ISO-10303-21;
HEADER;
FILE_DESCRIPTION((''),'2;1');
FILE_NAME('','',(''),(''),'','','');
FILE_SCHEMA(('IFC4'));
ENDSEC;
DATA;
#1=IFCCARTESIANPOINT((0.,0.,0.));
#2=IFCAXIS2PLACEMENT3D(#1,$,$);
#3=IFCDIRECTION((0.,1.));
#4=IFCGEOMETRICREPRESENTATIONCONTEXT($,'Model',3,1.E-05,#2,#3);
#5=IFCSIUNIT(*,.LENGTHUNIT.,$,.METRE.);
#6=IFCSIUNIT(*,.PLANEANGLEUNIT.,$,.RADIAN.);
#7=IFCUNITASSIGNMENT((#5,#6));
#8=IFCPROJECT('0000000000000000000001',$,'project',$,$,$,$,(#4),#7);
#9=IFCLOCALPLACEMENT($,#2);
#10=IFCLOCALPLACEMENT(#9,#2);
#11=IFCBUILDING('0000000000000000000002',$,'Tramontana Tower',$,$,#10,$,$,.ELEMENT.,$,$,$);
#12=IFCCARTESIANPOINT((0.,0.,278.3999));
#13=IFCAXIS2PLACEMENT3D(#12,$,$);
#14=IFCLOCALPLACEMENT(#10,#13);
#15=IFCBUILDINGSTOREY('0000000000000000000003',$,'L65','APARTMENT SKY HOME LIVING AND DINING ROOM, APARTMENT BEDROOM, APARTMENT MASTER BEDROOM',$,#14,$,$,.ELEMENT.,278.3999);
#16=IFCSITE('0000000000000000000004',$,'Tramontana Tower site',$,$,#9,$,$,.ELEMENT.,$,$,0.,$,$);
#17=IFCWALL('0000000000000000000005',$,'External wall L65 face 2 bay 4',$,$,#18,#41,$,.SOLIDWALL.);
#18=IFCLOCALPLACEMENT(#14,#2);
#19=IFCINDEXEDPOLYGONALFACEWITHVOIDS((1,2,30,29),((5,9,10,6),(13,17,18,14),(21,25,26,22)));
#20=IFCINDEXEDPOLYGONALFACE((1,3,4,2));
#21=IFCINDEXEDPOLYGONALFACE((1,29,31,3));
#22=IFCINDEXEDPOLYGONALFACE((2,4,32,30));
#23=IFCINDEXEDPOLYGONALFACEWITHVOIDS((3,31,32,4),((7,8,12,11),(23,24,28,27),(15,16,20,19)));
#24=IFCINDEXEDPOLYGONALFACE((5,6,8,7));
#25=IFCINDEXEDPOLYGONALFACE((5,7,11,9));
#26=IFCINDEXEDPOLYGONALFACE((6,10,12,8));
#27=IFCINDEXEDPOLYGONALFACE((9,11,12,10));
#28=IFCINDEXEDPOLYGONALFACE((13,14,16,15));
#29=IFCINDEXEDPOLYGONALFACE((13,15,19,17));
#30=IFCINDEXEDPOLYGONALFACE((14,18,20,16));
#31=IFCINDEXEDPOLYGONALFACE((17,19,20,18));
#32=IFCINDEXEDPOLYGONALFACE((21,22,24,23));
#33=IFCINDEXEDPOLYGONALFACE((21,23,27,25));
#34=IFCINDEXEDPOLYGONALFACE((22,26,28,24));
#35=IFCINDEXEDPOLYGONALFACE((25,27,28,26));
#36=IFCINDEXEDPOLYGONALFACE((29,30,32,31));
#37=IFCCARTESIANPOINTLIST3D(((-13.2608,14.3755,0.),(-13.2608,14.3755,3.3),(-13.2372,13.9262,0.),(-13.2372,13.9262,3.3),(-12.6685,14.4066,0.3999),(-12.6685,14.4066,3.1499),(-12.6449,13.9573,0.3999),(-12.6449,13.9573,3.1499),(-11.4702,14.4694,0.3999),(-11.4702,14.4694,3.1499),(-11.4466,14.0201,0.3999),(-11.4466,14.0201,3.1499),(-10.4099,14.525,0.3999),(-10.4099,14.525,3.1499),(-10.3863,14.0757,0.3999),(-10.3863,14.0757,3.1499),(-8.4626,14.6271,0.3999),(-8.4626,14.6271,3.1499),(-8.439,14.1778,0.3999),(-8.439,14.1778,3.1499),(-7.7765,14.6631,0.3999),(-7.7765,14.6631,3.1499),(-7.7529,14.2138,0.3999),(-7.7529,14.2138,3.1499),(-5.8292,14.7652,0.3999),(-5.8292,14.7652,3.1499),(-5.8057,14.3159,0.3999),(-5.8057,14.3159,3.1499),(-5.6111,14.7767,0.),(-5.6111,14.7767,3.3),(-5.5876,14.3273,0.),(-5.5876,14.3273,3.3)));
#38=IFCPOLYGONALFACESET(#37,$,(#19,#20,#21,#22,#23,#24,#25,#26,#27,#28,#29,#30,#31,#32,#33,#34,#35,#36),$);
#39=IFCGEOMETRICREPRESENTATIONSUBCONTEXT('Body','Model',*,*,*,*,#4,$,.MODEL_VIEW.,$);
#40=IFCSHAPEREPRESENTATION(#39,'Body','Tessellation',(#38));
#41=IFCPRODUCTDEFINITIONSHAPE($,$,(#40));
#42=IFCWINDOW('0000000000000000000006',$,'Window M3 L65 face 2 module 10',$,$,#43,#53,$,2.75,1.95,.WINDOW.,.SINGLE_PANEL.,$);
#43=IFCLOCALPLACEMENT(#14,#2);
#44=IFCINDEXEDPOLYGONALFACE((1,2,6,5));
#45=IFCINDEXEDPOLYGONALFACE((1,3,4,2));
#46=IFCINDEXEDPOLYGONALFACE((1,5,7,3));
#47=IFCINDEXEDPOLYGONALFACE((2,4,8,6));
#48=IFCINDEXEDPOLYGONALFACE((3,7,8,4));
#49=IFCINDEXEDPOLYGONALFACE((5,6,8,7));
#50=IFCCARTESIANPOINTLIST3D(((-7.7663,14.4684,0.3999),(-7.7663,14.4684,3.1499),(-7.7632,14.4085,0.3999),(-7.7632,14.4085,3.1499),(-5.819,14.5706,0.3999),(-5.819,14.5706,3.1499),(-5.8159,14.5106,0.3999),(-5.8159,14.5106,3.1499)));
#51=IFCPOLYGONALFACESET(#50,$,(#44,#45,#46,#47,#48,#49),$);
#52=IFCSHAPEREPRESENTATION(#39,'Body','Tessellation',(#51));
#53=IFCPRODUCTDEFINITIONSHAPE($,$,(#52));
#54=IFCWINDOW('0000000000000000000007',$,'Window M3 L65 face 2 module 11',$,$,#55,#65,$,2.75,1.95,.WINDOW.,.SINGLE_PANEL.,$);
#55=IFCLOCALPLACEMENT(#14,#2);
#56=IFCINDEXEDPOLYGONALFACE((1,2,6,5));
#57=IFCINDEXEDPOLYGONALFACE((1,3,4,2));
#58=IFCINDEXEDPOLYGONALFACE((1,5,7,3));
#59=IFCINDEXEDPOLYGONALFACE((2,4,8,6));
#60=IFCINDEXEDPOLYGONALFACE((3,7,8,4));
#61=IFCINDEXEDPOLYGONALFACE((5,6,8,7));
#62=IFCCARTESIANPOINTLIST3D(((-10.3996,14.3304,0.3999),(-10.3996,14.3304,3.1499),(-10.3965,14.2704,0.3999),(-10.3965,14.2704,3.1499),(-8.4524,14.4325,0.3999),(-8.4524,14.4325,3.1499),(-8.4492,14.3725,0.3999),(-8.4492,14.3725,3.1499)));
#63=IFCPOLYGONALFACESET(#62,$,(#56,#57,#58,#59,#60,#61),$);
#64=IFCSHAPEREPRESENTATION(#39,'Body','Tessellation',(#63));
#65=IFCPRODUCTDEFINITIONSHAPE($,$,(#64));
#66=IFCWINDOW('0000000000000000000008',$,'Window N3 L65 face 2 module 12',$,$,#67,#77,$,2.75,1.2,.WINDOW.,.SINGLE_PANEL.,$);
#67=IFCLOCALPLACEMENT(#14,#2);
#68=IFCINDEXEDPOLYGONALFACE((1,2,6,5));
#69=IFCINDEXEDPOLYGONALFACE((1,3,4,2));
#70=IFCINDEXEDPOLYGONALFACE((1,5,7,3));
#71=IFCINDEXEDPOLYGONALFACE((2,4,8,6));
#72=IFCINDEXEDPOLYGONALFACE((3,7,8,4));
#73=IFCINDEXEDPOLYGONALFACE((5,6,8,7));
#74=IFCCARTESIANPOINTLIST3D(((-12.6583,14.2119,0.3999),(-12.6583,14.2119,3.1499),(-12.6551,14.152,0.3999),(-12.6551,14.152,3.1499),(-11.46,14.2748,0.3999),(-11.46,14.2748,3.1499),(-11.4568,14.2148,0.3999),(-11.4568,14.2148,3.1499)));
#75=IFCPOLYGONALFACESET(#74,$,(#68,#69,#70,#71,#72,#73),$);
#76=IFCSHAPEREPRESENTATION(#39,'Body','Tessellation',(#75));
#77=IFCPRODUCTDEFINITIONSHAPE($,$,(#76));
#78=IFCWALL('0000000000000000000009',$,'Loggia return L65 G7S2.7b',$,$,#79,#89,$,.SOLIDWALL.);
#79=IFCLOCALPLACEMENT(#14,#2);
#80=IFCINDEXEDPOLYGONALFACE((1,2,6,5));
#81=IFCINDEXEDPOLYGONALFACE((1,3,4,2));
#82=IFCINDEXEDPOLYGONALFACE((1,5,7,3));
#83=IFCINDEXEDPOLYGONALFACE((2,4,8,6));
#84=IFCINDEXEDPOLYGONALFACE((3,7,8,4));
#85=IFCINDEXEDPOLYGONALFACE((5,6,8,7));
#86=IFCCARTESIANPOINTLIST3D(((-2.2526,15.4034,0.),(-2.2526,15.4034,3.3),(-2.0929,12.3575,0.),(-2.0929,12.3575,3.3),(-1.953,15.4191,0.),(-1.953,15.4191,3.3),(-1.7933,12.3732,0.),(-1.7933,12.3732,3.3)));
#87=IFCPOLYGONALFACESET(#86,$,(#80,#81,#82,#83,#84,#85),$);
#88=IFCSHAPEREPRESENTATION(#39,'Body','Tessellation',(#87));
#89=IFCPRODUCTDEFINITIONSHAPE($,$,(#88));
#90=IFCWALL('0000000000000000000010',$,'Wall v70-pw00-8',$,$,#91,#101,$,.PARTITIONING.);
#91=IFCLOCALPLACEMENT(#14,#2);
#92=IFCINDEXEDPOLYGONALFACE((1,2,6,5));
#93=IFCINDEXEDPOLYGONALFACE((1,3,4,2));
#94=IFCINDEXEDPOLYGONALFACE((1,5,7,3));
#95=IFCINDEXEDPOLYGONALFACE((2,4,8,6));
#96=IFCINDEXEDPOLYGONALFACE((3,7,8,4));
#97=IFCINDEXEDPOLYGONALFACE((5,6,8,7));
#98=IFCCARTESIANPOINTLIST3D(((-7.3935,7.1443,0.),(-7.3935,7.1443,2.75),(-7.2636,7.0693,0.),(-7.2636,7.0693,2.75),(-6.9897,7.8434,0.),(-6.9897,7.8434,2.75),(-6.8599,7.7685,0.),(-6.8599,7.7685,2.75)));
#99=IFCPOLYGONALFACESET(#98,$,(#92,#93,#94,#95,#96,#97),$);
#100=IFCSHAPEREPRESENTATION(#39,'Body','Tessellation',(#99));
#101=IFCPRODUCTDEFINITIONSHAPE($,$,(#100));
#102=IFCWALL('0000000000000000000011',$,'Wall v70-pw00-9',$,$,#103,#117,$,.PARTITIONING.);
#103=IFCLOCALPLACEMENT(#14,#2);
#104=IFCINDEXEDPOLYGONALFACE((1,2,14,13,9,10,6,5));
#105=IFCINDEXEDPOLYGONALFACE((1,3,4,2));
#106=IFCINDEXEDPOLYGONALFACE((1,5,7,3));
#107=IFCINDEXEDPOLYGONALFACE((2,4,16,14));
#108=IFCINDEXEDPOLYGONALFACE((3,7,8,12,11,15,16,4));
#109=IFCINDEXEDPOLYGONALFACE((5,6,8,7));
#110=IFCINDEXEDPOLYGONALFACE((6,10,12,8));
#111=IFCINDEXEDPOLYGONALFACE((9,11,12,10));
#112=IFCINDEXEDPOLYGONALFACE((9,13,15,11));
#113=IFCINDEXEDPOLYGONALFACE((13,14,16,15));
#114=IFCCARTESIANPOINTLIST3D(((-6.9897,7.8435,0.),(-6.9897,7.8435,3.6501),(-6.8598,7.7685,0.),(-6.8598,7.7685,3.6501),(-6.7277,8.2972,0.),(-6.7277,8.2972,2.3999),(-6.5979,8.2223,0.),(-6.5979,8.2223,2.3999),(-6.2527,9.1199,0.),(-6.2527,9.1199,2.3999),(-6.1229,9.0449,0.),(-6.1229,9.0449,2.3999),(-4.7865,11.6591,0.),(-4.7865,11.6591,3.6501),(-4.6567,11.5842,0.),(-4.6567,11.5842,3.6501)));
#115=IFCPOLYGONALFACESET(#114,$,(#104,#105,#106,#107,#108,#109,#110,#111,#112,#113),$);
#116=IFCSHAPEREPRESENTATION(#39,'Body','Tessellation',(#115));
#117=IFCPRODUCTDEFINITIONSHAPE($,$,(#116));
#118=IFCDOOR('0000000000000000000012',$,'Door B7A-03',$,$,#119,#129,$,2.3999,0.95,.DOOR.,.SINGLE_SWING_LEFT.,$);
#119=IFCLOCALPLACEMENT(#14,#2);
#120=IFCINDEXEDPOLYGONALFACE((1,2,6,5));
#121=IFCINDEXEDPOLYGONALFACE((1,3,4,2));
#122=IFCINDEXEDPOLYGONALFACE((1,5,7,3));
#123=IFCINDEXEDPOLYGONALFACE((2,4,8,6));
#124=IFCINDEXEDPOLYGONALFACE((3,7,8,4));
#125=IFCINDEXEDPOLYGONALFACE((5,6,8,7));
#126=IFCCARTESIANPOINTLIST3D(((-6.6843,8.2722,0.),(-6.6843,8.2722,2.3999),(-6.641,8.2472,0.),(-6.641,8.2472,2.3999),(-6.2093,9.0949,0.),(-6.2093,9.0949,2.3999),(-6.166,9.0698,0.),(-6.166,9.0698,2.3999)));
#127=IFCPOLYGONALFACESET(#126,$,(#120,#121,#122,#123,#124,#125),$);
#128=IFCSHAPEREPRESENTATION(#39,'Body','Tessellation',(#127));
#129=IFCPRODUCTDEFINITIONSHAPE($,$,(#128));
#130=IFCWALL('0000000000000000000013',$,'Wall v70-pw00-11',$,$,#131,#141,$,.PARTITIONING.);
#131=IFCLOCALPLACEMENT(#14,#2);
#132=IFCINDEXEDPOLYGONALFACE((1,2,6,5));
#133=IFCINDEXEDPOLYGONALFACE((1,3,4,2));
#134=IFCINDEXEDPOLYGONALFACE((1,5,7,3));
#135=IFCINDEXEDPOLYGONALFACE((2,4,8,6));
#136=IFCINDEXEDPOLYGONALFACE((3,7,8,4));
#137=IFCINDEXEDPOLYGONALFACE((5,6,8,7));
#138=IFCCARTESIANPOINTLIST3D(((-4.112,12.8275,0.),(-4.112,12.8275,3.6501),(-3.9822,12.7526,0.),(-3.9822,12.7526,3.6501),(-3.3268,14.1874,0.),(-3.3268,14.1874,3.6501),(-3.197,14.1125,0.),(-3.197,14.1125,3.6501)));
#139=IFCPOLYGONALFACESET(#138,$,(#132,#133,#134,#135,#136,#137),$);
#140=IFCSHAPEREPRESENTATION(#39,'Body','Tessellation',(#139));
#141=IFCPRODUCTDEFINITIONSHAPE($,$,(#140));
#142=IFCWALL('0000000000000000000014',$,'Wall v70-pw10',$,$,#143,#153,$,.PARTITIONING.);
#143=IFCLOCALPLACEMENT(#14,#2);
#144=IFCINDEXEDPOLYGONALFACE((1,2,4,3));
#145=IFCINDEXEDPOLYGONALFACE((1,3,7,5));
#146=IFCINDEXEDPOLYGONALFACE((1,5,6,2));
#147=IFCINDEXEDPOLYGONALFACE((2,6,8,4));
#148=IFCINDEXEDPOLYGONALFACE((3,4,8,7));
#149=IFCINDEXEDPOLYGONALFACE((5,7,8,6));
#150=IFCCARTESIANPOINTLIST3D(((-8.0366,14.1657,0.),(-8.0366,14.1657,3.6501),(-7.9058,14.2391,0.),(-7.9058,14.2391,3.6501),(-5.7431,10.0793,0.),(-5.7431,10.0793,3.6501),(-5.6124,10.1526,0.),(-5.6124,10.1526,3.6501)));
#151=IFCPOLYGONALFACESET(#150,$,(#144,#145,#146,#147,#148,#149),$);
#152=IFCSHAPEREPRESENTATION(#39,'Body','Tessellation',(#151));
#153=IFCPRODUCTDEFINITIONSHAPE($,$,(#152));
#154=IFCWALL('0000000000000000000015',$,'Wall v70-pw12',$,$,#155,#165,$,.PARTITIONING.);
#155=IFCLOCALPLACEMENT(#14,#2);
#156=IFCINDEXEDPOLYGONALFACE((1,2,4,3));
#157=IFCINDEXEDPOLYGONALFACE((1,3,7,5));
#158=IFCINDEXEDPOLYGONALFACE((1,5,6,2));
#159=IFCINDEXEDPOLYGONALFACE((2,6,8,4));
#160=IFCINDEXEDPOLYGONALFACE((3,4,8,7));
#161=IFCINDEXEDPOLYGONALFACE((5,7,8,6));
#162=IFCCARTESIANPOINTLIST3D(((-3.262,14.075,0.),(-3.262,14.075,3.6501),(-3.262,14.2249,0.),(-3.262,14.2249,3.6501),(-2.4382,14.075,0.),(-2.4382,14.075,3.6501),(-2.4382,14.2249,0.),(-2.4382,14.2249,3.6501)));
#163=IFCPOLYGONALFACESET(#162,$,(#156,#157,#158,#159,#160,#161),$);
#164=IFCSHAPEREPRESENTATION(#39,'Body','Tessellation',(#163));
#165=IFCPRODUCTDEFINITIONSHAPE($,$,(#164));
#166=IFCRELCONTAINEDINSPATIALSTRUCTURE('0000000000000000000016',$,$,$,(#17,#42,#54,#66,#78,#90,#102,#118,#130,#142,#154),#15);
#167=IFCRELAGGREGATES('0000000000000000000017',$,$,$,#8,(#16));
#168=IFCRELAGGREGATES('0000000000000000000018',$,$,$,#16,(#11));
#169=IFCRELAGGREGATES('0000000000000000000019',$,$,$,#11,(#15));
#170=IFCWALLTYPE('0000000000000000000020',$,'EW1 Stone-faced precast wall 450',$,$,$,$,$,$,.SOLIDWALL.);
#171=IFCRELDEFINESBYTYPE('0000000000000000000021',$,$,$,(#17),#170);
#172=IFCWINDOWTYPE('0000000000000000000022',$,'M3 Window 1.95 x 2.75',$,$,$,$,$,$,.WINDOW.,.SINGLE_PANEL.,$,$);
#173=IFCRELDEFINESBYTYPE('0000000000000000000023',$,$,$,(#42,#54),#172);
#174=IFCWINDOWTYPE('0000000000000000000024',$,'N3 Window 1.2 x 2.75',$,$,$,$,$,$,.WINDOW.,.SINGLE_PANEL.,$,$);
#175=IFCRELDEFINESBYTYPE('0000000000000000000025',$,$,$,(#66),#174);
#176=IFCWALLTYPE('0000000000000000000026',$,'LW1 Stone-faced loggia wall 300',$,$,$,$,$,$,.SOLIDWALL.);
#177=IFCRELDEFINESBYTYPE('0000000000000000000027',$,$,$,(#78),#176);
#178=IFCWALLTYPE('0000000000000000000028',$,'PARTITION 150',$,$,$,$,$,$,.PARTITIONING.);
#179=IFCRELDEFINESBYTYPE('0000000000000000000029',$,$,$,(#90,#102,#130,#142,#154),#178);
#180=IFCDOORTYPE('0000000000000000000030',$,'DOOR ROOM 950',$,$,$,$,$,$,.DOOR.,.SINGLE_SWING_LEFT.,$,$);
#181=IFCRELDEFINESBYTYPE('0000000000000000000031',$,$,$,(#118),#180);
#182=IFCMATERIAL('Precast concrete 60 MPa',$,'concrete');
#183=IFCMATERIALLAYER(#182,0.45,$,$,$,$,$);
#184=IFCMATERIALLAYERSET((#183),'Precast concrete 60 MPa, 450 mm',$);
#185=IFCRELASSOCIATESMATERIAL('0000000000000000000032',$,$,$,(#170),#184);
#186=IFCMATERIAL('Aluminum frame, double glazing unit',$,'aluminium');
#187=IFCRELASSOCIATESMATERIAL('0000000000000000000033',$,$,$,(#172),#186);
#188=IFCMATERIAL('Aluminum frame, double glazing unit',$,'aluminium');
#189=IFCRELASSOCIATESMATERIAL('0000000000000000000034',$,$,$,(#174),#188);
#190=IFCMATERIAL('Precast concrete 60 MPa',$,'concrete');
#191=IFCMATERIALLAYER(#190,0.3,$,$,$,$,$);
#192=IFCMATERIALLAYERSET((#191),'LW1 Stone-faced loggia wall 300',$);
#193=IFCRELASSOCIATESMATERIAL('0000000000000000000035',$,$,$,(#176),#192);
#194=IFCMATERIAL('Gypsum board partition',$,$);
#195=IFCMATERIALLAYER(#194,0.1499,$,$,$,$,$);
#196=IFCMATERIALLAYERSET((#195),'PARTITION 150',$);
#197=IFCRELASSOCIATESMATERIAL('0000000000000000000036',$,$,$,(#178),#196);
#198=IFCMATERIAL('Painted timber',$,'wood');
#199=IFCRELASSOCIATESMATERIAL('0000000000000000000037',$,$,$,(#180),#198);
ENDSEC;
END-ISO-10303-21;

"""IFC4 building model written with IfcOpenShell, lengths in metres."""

from ifc_helpers import new_model, si_unit, direction, frame, frame_2d, origin, place, context, subcontext, project, spatial, rectangle, extrude, material, layer, layer_set, type_object, element, fill, save


model = new_model("IFC4")

# Units and contexts
model_context = context("Model", 3, precision=1e-05, world=origin(), true_north=direction((0.0, 1.0)))
body_context = subcontext(model_context, "Body", "Model", "MODEL_VIEW")
ifc_project = project(units=[si_unit("LENGTHUNIT", "METRE"), si_unit("PLANEANGLEUNIT", "RADIAN")], contexts=[model_context])

# Site, building, storey
site_placement = place(None, origin())
site = spatial("IfcSite", under=ifc_project, at=site_placement, Name="Tramontana Tower site", CompositionType="ELEMENT", RefElevation=0.0)
building_placement = place(site_placement, origin())
building = spatial("IfcBuilding", under=site, at=building_placement, Name="Tramontana Tower", CompositionType="ELEMENT")
storey_placement = place(building_placement, frame((0.0, 0.0, 278.3999)))
storey = spatial("IfcBuildingStorey", under=building, at=storey_placement, Name="L65", Description="APARTMENT SKY HOME LIVING AND DINING ROOM, APARTMENT BEDROOM, APARTMENT MASTER BEDROOM", CompositionType="ELEMENT", Elevation=278.3999)

# Shared definitions
ifc_material_1 = material(Name="Precast concrete 60 MPa", Category="concrete")
ifc_layer_1 = layer(ifc_material_1, 0.45)
ifc_layer_set_1 = layer_set([ifc_layer_1], Name="Precast concrete 60 MPa, 450 mm")
wall_type_1 = type_object("IfcWallType", Name="EW1 Stone-faced precast wall 450", PredefinedType="SOLIDWALL", material=ifc_layer_set_1)
ifc_material_2 = material(Name="Aluminum frame, double glazing unit", Category="aluminium")
window_type_1 = type_object("IfcWindowType", Name="M3 Window 1.95 x 2.75", PartitioningType="SINGLE_PANEL", PredefinedType="WINDOW", material=ifc_material_2)

# Wall, openings, windows
wall_1_placement = place(storey_placement, frame((-5.5994, 14.552, 0.0), z_axis=(0.0, 0.0, 1.0), x_axis=(-0.998628, -0.052365, 0.0)))
wall_1 = element("IfcWall", 1, at=wall_1_placement, inside=storey, type_object=wall_type_1, Name="External wall L65 face 2 bay 4", PredefinedType="SOLIDWALL", context=body_context, shape_type="SweptSolid", body=[
    extrude(rectangle(XDim=7.6602, YDim=0.45, at=frame_2d((3.8301, 0.0))), origin(), (0.0, 0.0, 1.0), 3.3),
])
opening_1_placement = place(wall_1_placement, frame((0.2183, 0.0, 0.3999)))
opening_1 = element("IfcOpeningElement", 2, at=opening_1_placement, cuts=wall_1, PredefinedType="OPENING", context=body_context, shape_type="SweptSolid", body=[
    extrude(rectangle(XDim=1.95, YDim=2.75, at=frame_2d((0.9751, 1.375))), frame((0.0, 0.2349, 0.0), z_axis=(0.0, -1.0, 0.0), x_axis=(1.0, 0.0, 0.0)), (0.0, 0.0, 1.0), 0.47),
])
opening_2_placement = place(wall_1_placement, frame((2.8552, 0.0, 0.3999)))
opening_2 = element("IfcOpeningElement", 3, at=opening_2_placement, cuts=wall_1, PredefinedType="OPENING", context=body_context, shape_type="SweptSolid", body=[
    extrude(rectangle(XDim=1.95, YDim=2.75, at=frame_2d((0.9751, 1.375))), frame((0.0, 0.2349, 0.0), z_axis=(0.0, -1.0, 0.0), x_axis=(1.0, 0.0, 0.0)), (0.0, 0.0, 1.0), 0.47),
])
opening_3_placement = place(wall_1_placement, frame((5.8669, 0.0, 0.3999)))
opening_3 = element("IfcOpeningElement", 4, at=opening_3_placement, cuts=wall_1, PredefinedType="OPENING", context=body_context, shape_type="SweptSolid", body=[
    extrude(rectangle(XDim=1.2, YDim=2.75, at=frame_2d((0.6001, 1.375))), frame((0.0, 0.2349, 0.0), z_axis=(0.0, -1.0, 0.0), x_axis=(1.0, 0.0, 0.0)), (0.0, 0.0, 1.0), 0.47),
])
window_1_placement = place(opening_1_placement, origin())
window_1 = element("IfcWindow", 5, at=window_1_placement, inside=storey, type_object=window_type_1, Name="Window M3 L65 face 2 module 10", OverallHeight=2.75, OverallWidth=1.95, PartitioningType="SINGLE_PANEL", PredefinedType="WINDOW", context=body_context, shape_type="SweptSolid", body=[
    extrude(rectangle(XDim=1.95, YDim=2.75, at=frame_2d((0.9751, 1.375))), frame((0.0, 0.03, 0.0), z_axis=(0.0, -1.0, 0.0), x_axis=(1.0, 0.0, 0.0)), (0.0, 0.0, 1.0), 0.0601),
])
fill(opening_1, window_1)
window_2_placement = place(opening_2_placement, origin())
window_2 = element("IfcWindow", 6, at=window_2_placement, inside=storey, type_object=window_type_1, Name="Window M3 L65 face 2 module 11", OverallHeight=2.75, OverallWidth=1.95, PartitioningType="SINGLE_PANEL", PredefinedType="WINDOW", context=body_context, shape_type="SweptSolid", body=[
    extrude(rectangle(XDim=1.95, YDim=2.75, at=frame_2d((0.9751, 1.375))), frame((0.0, 0.03, 0.0), z_axis=(0.0, -1.0, 0.0), x_axis=(1.0, 0.0, 0.0)), (0.0, 0.0, 1.0), 0.0601),
])
fill(opening_2, window_2)
ifc_material_3 = material(Name="Aluminum frame, double glazing unit", Category="aluminium")
window_type_2 = type_object("IfcWindowType", Name="N3 Window 1.2 x 2.75", PartitioningType="SINGLE_PANEL", PredefinedType="WINDOW", material=ifc_material_3)
window_3_placement = place(opening_3_placement, origin())
window_3 = element("IfcWindow", 7, at=window_3_placement, inside=storey, type_object=window_type_2, Name="Window N3 L65 face 2 module 12", OverallHeight=2.75, OverallWidth=1.2, PartitioningType="SINGLE_PANEL", PredefinedType="WINDOW", context=body_context, shape_type="SweptSolid", body=[
    extrude(rectangle(XDim=1.2, YDim=2.75, at=frame_2d((0.6001, 1.375))), frame((0.0, 0.03, 0.0), z_axis=(0.0, -1.0, 0.0), x_axis=(1.0, 0.0, 0.0)), (0.0, 0.0, 1.0), 0.0601),
])
fill(opening_3, window_3)

# Walls
ifc_material_4 = material(Name="Precast concrete 60 MPa", Category="concrete")
ifc_layer_2 = layer(ifc_material_4, 0.3)
ifc_layer_set_2 = layer_set([ifc_layer_2], Name="LW1 Stone-faced loggia wall 300")
wall_type_2 = type_object("IfcWallType", Name="LW1 Stone-faced loggia wall 300", PredefinedType="SOLIDWALL", material=ifc_layer_set_2)
wall_2_placement = place(storey_placement, frame((-2.1028, 15.4111, 0.0), z_axis=(0.0, 0.0, 1.0), x_axis=(0.052349, -0.998629, 0.0)))
element("IfcWall", 8, at=wall_2_placement, inside=storey, type_object=wall_type_2, Name="Loggia return L65 G7S2.7b", PredefinedType="SOLIDWALL", context=body_context, shape_type="SweptSolid", body=[
    extrude(rectangle(XDim=3.05, YDim=0.3, at=frame_2d((1.5249, 0.0))), origin(), (0.0, 0.0, 1.0), 3.3),
])
ifc_material_5 = material(Name="Gypsum board partition")
ifc_layer_3 = layer(ifc_material_5, 0.1499)
ifc_layer_set_3 = layer_set([ifc_layer_3], Name="PARTITION 150")
wall_type_3 = type_object("IfcWallType", Name="PARTITION 150", PredefinedType="PARTITIONING", material=ifc_layer_set_3)
wall_3_placement = place(storey_placement, frame((-7.3286, 7.1067, 0.0), z_axis=(0.0, 0.0, 1.0), x_axis=(0.500106, 0.865964, 0.0)))
element("IfcWall", 9, at=wall_3_placement, inside=storey, type_object=wall_type_3, Name="Wall v70-pw00-8", PredefinedType="PARTITIONING", context=body_context, shape_type="SweptSolid", body=[
    extrude(rectangle(XDim=0.8074, YDim=0.1499, at=frame_2d((0.4038, 0.0))), origin(), (0.0, 0.0, 1.0), 2.75),
])

# Wall, opening, door
wall_4_placement = place(storey_placement, frame((-6.9248, 7.8059, 0.0), z_axis=(0.0, 0.0, 1.0), x_axis=(0.500025, 0.866011, 0.0)))
wall_4 = element("IfcWall", 10, at=wall_4_placement, inside=storey, type_object=wall_type_3, Name="Wall v70-pw00-9", PredefinedType="PARTITIONING", context=body_context, shape_type="SweptSolid", body=[
    extrude(rectangle(XDim=4.406, YDim=0.1499, at=frame_2d((2.2031, 0.0))), origin(), (0.0, 0.0, 1.0), 3.6501),
])
opening_4_placement = place(wall_4_placement, frame((0.5239, 0.0, 0.0)))
opening_4 = element("IfcOpeningElement", 11, at=opening_4_placement, cuts=wall_4, PredefinedType="OPENING", context=body_context, shape_type="SweptSolid", body=[
    extrude(rectangle(XDim=0.95, YDim=2.3999, at=frame_2d((0.4751, 1.2))), frame((0.0, 0.085, 0.0), z_axis=(0.0, -1.0, 0.0), x_axis=(1.0, 0.0, 0.0)), (0.0, 0.0, 1.0), 0.1699),
])
ifc_material_6 = material(Name="Painted timber", Category="wood")
door_type_1 = type_object("IfcDoorType", Name="DOOR ROOM 950", OperationType="SINGLE_SWING_LEFT", PredefinedType="DOOR", material=ifc_material_6)
door_1_placement = place(opening_4_placement, origin())
door_1 = element("IfcDoor", 12, at=door_1_placement, inside=storey, type_object=door_type_1, Name="Door B7A-03", OperationType="SINGLE_SWING_LEFT", OverallHeight=2.3999, OverallWidth=0.95, PredefinedType="DOOR", context=body_context, shape_type="SweptSolid", body=[
    extrude(rectangle(XDim=0.95, YDim=2.3999, at=frame_2d((0.4751, 1.2))), frame((0.0, 0.0249, 0.0), z_axis=(0.0, -1.0, 0.0), x_axis=(1.0, 0.0, 0.0)), (0.0, 0.0, 1.0), 0.05),
])
fill(opening_4, door_1)

# Walls
wall_5_placement = place(storey_placement, frame((-4.0471, 12.79, 0.0), z_axis=(0.0, 0.0, 1.0), x_axis=(0.500019, 0.866015, 0.0)))
element("IfcWall", 13, at=wall_5_placement, inside=storey, type_object=wall_type_3, Name="Wall v70-pw00-11", PredefinedType="PARTITIONING", context=body_context, shape_type="SweptSolid", body=[
    extrude(rectangle(XDim=1.5703, YDim=0.1499, at=frame_2d((0.7852, 0.0))), origin(), (0.0, 0.0, 1.0), 3.6501),
])
wall_6_placement = place(storey_placement, frame((-7.9712, 14.2024, 0.0), z_axis=(0.0, 0.0, 1.0), x_axis=(0.489425, -0.872045, 0.0)))
element("IfcWall", 14, at=wall_6_placement, inside=storey, type_object=wall_type_3, Name="Wall v70-pw10", PredefinedType="PARTITIONING", context=body_context, shape_type="SweptSolid", body=[
    extrude(rectangle(XDim=4.686, YDim=0.1499, at=frame_2d((2.343, 0.0))), origin(), (0.0, 0.0, 1.0), 3.6501),
])
wall_7_placement = place(storey_placement, frame((-3.262, 14.1499, 0.0), z_axis=(0.0, 0.0, 1.0), x_axis=(1.0, 0.0, 0.0)))
element("IfcWall", 15, at=wall_7_placement, inside=storey, type_object=wall_type_3, Name="Wall v70-pw12", PredefinedType="PARTITIONING", context=body_context, shape_type="SweptSolid", body=[
    extrude(rectangle(XDim=0.8237, YDim=0.1499, at=frame_2d((0.4119, 0.0))), origin(), (0.0, 0.0, 1.0), 3.6501),
])

save(model, "model.ifc")
